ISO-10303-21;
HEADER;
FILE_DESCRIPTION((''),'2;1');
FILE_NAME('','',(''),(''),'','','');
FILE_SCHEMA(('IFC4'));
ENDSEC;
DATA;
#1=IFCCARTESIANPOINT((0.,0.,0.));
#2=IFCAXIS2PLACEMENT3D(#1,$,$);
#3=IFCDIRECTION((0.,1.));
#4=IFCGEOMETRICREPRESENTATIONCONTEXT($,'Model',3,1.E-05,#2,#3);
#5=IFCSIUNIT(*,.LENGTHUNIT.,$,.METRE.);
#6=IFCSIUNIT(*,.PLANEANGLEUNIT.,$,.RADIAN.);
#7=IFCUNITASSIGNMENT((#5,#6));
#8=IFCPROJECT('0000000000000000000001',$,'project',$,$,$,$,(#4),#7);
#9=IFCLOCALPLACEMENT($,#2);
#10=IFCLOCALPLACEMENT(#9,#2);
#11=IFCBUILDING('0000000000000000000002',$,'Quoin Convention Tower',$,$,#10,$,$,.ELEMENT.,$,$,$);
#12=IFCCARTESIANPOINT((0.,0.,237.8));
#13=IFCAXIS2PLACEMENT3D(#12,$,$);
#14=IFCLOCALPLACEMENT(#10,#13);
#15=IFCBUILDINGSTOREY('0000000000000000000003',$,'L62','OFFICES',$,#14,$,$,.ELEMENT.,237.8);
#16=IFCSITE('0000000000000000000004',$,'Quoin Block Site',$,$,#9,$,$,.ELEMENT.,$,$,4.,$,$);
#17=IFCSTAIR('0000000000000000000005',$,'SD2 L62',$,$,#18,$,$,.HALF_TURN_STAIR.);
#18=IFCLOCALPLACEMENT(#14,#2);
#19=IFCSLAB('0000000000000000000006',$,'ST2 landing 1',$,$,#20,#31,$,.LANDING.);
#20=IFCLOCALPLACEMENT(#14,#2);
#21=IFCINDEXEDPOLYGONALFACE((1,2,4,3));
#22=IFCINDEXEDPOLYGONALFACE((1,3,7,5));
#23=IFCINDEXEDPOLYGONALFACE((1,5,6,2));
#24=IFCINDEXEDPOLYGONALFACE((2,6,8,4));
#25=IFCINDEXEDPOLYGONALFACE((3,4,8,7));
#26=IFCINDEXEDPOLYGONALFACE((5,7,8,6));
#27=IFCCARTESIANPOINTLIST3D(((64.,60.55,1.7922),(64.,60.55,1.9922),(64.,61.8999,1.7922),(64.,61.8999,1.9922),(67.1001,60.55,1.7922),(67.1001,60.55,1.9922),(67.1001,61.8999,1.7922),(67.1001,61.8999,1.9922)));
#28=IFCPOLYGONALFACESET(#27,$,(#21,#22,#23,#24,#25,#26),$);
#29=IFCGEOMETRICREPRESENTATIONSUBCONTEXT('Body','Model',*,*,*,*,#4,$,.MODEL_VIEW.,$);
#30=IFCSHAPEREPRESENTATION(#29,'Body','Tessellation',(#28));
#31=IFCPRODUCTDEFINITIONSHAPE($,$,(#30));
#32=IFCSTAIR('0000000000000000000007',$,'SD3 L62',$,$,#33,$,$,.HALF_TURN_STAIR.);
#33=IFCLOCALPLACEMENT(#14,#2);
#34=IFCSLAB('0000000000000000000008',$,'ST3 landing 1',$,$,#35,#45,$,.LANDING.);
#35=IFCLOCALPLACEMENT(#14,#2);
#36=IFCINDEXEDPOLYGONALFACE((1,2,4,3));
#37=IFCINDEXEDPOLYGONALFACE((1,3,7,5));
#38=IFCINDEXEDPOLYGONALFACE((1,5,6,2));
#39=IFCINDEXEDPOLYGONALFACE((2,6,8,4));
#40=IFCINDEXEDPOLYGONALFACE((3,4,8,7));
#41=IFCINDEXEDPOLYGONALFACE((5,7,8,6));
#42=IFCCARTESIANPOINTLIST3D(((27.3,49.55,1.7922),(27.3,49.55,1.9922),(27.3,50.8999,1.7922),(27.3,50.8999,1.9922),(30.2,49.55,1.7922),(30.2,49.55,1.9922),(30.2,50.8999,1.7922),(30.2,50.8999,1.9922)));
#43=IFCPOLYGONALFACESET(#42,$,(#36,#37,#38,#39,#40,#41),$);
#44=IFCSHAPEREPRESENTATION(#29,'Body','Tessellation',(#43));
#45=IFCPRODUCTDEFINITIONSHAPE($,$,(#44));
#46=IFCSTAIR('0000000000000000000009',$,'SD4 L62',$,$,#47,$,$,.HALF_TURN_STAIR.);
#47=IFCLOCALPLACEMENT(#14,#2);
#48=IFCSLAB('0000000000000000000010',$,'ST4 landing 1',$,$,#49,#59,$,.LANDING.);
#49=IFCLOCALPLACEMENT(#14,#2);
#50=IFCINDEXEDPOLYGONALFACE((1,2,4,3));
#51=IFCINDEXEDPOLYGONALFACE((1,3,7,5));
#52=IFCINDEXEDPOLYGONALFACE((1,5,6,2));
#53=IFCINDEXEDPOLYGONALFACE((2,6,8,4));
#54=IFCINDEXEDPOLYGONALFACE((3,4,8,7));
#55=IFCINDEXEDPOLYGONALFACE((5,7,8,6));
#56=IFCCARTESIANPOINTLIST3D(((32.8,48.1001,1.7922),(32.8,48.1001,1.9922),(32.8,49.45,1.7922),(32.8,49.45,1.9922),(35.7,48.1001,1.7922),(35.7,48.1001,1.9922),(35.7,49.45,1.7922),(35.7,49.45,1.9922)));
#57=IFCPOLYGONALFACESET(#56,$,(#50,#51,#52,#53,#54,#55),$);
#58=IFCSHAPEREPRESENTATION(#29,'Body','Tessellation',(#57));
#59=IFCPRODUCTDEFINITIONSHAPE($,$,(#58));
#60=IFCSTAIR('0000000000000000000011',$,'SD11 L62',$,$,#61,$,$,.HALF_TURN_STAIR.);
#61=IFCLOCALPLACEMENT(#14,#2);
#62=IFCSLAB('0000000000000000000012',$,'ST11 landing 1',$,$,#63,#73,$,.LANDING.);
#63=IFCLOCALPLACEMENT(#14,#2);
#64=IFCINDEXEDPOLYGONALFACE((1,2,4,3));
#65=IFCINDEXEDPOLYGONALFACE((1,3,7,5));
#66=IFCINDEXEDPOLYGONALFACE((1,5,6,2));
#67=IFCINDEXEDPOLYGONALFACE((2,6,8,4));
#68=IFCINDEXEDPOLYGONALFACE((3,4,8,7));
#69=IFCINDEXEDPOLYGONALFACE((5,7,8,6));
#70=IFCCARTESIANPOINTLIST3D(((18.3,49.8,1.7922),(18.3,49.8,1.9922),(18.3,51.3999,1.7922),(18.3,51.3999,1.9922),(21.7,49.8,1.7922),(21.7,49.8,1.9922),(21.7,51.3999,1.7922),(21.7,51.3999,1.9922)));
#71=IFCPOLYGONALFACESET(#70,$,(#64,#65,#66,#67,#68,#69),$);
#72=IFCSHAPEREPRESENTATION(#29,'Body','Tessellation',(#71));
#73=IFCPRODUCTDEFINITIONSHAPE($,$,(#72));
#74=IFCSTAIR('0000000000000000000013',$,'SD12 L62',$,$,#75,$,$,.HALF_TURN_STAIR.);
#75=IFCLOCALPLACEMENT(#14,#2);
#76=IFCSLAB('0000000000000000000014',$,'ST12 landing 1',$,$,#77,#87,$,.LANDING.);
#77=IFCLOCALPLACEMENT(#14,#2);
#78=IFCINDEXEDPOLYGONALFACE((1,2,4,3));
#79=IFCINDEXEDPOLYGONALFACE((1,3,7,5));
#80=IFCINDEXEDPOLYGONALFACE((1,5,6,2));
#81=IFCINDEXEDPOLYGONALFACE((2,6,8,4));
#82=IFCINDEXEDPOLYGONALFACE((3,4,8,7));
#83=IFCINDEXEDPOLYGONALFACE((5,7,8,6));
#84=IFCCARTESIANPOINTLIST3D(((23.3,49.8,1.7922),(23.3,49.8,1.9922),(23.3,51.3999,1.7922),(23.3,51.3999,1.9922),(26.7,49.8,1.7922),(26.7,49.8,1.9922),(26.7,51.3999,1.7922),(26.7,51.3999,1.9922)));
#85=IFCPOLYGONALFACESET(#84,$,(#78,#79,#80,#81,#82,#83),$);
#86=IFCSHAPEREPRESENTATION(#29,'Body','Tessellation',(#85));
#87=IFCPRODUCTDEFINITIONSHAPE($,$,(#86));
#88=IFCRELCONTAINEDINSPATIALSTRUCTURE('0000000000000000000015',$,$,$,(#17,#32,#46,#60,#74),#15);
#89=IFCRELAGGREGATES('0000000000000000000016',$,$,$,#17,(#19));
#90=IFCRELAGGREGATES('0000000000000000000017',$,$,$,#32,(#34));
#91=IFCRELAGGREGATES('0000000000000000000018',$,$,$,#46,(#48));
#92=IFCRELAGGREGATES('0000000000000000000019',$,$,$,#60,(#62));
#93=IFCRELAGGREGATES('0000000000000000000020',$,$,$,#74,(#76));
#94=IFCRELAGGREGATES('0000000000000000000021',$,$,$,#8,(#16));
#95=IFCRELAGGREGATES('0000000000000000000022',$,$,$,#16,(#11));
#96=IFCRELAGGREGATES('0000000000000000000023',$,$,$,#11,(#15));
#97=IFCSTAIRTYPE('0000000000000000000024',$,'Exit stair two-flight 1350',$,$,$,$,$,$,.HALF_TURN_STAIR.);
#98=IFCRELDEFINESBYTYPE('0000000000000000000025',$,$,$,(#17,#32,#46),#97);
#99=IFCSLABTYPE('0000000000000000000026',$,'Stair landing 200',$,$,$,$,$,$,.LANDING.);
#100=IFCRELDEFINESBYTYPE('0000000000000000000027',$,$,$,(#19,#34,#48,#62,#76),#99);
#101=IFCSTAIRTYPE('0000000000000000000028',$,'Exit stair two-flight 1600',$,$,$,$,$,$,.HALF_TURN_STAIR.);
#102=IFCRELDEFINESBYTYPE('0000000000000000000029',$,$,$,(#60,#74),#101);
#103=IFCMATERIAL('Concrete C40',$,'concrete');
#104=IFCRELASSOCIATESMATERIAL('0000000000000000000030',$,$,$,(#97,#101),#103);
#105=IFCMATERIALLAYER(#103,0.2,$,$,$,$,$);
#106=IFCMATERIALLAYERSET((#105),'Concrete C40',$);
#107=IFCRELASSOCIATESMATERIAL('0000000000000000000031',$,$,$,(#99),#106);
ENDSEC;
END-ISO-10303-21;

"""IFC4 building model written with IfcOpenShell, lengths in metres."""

from ifc_helpers import new_model, si_unit, direction, frame, origin, place, context, subcontext, project, spatial, polyline, outline, extrude, material, layer, layer_set, type_object, element, aggregate, save


model = new_model("IFC4")

# Units and contexts
model_context = context("Model", 3, precision=1e-05, world=origin(), true_north=direction((0.0, 1.0)))
body_context = subcontext(model_context, "Body", "Model", "MODEL_VIEW")
ifc_project = project(units=[si_unit("LENGTHUNIT", "METRE"), si_unit("PLANEANGLEUNIT", "RADIAN")], contexts=[model_context])

# Site, building, storey
site_placement = place(None, origin())
site = spatial("IfcSite", under=ifc_project, at=site_placement, Name="Quoin Block Site", CompositionType="ELEMENT", RefElevation=4.0)
building_placement = place(site_placement, origin())
building = spatial("IfcBuilding", under=site, at=building_placement, Name="Quoin Convention Tower", CompositionType="ELEMENT")
storey_placement = place(building_placement, frame((0.0, 0.0, 237.8)))
storey = spatial("IfcBuildingStorey", under=building, at=storey_placement, Name="L62", Description="OFFICES", CompositionType="ELEMENT", Elevation=237.8)

# Shared definitions
ifc_material_1 = material(Name="Concrete C40", Category="concrete")

# Stairs, slabs
stair_type_1 = type_object("IfcStairType", Name="Exit stair two-flight 1350", PredefinedType="HALF_TURN_STAIR", material=ifc_material_1)
ifc_layer_1 = layer(ifc_material_1, 0.2)
ifc_layer_set_1 = layer_set([ifc_layer_1], Name="Concrete C40")
slab_type_1 = type_object("IfcSlabType", Name="Stair landing 200", PredefinedType="LANDING", material=ifc_layer_set_1)
stair_1_placement = place(storey_placement, origin())
stair_1 = element("IfcStair", 1, at=stair_1_placement, inside=storey, type_object=stair_type_1, Name="SD2 L62", PredefinedType="HALF_TURN_STAIR")
slab_1_placement = place(storey_placement, frame((0.0, 0.0, 1.7922)))
slab_1 = element("IfcSlab", 2, at=slab_1_placement, type_object=slab_type_1, Name="ST2 landing 1", PredefinedType="LANDING", context=body_context, shape_type="SweptSolid", body=[
    extrude(outline(polyline([(64.0, 60.55), (67.1001, 60.55), (67.1001, 61.8999), (64.0, 61.8999), (64.0, 60.55)])), origin(), (0.0, 0.0, 1.0), 0.2),
])
aggregate(stair_1, [slab_1])
stair_2_placement = place(storey_placement, origin())
stair_2 = element("IfcStair", 3, at=stair_2_placement, inside=storey, type_object=stair_type_1, Name="SD3 L62", PredefinedType="HALF_TURN_STAIR")
slab_2_placement = place(storey_placement, frame((0.0, 0.0, 1.7922)))
slab_2 = element("IfcSlab", 4, at=slab_2_placement, type_object=slab_type_1, Name="ST3 landing 1", PredefinedType="LANDING", context=body_context, shape_type="SweptSolid", body=[
    extrude(outline(polyline([(27.3, 49.55), (30.2, 49.55), (30.2, 50.8999), (27.3, 50.8999), (27.3, 49.55)])), origin(), (0.0, 0.0, 1.0), 0.2),
])
aggregate(stair_2, [slab_2])
stair_3_placement = place(storey_placement, origin())
stair_3 = element("IfcStair", 5, at=stair_3_placement, inside=storey, type_object=stair_type_1, Name="SD4 L62", PredefinedType="HALF_TURN_STAIR")
slab_3_placement = place(storey_placement, frame((0.0, 0.0, 1.7922)))
slab_3 = element("IfcSlab", 6, at=slab_3_placement, type_object=slab_type_1, Name="ST4 landing 1", PredefinedType="LANDING", context=body_context, shape_type="SweptSolid", body=[
    extrude(outline(polyline([(35.7, 49.45), (32.8, 49.45), (32.8, 48.1001), (35.7, 48.1001), (35.7, 49.45)])), origin(), (0.0, 0.0, 1.0), 0.2),
])
aggregate(stair_3, [slab_3])
stair_type_2 = type_object("IfcStairType", Name="Exit stair two-flight 1600", PredefinedType="HALF_TURN_STAIR", material=ifc_material_1)
stair_4_placement = place(storey_placement, origin())
stair_4 = element("IfcStair", 7, at=stair_4_placement, inside=storey, type_object=stair_type_2, Name="SD11 L62", PredefinedType="HALF_TURN_STAIR")
slab_4_placement = place(storey_placement, frame((0.0, 0.0, 1.7922)))
slab_4 = element("IfcSlab", 8, at=slab_4_placement, type_object=slab_type_1, Name="ST11 landing 1", PredefinedType="LANDING", context=body_context, shape_type="SweptSolid", body=[
    extrude(outline(polyline([(21.7, 51.3999), (18.3, 51.3999), (18.3, 49.8), (21.7, 49.8), (21.7, 51.3999)])), origin(), (0.0, 0.0, 1.0), 0.2),
])
aggregate(stair_4, [slab_4])
stair_5_placement = place(storey_placement, origin())
stair_5 = element("IfcStair", 9, at=stair_5_placement, inside=storey, type_object=stair_type_2, Name="SD12 L62", PredefinedType="HALF_TURN_STAIR")
slab_5_placement = place(storey_placement, frame((0.0, 0.0, 1.7922)))
slab_5 = element("IfcSlab", 10, at=slab_5_placement, type_object=slab_type_1, Name="ST12 landing 1", PredefinedType="LANDING", context=body_context, shape_type="SweptSolid", body=[
    extrude(outline(polyline([(26.7, 51.3999), (23.3, 51.3999), (23.3, 49.8), (26.7, 49.8), (26.7, 51.3999)])), origin(), (0.0, 0.0, 1.0), 0.2),
])
aggregate(stair_5, [slab_5])

save(model, "model.ifc")
